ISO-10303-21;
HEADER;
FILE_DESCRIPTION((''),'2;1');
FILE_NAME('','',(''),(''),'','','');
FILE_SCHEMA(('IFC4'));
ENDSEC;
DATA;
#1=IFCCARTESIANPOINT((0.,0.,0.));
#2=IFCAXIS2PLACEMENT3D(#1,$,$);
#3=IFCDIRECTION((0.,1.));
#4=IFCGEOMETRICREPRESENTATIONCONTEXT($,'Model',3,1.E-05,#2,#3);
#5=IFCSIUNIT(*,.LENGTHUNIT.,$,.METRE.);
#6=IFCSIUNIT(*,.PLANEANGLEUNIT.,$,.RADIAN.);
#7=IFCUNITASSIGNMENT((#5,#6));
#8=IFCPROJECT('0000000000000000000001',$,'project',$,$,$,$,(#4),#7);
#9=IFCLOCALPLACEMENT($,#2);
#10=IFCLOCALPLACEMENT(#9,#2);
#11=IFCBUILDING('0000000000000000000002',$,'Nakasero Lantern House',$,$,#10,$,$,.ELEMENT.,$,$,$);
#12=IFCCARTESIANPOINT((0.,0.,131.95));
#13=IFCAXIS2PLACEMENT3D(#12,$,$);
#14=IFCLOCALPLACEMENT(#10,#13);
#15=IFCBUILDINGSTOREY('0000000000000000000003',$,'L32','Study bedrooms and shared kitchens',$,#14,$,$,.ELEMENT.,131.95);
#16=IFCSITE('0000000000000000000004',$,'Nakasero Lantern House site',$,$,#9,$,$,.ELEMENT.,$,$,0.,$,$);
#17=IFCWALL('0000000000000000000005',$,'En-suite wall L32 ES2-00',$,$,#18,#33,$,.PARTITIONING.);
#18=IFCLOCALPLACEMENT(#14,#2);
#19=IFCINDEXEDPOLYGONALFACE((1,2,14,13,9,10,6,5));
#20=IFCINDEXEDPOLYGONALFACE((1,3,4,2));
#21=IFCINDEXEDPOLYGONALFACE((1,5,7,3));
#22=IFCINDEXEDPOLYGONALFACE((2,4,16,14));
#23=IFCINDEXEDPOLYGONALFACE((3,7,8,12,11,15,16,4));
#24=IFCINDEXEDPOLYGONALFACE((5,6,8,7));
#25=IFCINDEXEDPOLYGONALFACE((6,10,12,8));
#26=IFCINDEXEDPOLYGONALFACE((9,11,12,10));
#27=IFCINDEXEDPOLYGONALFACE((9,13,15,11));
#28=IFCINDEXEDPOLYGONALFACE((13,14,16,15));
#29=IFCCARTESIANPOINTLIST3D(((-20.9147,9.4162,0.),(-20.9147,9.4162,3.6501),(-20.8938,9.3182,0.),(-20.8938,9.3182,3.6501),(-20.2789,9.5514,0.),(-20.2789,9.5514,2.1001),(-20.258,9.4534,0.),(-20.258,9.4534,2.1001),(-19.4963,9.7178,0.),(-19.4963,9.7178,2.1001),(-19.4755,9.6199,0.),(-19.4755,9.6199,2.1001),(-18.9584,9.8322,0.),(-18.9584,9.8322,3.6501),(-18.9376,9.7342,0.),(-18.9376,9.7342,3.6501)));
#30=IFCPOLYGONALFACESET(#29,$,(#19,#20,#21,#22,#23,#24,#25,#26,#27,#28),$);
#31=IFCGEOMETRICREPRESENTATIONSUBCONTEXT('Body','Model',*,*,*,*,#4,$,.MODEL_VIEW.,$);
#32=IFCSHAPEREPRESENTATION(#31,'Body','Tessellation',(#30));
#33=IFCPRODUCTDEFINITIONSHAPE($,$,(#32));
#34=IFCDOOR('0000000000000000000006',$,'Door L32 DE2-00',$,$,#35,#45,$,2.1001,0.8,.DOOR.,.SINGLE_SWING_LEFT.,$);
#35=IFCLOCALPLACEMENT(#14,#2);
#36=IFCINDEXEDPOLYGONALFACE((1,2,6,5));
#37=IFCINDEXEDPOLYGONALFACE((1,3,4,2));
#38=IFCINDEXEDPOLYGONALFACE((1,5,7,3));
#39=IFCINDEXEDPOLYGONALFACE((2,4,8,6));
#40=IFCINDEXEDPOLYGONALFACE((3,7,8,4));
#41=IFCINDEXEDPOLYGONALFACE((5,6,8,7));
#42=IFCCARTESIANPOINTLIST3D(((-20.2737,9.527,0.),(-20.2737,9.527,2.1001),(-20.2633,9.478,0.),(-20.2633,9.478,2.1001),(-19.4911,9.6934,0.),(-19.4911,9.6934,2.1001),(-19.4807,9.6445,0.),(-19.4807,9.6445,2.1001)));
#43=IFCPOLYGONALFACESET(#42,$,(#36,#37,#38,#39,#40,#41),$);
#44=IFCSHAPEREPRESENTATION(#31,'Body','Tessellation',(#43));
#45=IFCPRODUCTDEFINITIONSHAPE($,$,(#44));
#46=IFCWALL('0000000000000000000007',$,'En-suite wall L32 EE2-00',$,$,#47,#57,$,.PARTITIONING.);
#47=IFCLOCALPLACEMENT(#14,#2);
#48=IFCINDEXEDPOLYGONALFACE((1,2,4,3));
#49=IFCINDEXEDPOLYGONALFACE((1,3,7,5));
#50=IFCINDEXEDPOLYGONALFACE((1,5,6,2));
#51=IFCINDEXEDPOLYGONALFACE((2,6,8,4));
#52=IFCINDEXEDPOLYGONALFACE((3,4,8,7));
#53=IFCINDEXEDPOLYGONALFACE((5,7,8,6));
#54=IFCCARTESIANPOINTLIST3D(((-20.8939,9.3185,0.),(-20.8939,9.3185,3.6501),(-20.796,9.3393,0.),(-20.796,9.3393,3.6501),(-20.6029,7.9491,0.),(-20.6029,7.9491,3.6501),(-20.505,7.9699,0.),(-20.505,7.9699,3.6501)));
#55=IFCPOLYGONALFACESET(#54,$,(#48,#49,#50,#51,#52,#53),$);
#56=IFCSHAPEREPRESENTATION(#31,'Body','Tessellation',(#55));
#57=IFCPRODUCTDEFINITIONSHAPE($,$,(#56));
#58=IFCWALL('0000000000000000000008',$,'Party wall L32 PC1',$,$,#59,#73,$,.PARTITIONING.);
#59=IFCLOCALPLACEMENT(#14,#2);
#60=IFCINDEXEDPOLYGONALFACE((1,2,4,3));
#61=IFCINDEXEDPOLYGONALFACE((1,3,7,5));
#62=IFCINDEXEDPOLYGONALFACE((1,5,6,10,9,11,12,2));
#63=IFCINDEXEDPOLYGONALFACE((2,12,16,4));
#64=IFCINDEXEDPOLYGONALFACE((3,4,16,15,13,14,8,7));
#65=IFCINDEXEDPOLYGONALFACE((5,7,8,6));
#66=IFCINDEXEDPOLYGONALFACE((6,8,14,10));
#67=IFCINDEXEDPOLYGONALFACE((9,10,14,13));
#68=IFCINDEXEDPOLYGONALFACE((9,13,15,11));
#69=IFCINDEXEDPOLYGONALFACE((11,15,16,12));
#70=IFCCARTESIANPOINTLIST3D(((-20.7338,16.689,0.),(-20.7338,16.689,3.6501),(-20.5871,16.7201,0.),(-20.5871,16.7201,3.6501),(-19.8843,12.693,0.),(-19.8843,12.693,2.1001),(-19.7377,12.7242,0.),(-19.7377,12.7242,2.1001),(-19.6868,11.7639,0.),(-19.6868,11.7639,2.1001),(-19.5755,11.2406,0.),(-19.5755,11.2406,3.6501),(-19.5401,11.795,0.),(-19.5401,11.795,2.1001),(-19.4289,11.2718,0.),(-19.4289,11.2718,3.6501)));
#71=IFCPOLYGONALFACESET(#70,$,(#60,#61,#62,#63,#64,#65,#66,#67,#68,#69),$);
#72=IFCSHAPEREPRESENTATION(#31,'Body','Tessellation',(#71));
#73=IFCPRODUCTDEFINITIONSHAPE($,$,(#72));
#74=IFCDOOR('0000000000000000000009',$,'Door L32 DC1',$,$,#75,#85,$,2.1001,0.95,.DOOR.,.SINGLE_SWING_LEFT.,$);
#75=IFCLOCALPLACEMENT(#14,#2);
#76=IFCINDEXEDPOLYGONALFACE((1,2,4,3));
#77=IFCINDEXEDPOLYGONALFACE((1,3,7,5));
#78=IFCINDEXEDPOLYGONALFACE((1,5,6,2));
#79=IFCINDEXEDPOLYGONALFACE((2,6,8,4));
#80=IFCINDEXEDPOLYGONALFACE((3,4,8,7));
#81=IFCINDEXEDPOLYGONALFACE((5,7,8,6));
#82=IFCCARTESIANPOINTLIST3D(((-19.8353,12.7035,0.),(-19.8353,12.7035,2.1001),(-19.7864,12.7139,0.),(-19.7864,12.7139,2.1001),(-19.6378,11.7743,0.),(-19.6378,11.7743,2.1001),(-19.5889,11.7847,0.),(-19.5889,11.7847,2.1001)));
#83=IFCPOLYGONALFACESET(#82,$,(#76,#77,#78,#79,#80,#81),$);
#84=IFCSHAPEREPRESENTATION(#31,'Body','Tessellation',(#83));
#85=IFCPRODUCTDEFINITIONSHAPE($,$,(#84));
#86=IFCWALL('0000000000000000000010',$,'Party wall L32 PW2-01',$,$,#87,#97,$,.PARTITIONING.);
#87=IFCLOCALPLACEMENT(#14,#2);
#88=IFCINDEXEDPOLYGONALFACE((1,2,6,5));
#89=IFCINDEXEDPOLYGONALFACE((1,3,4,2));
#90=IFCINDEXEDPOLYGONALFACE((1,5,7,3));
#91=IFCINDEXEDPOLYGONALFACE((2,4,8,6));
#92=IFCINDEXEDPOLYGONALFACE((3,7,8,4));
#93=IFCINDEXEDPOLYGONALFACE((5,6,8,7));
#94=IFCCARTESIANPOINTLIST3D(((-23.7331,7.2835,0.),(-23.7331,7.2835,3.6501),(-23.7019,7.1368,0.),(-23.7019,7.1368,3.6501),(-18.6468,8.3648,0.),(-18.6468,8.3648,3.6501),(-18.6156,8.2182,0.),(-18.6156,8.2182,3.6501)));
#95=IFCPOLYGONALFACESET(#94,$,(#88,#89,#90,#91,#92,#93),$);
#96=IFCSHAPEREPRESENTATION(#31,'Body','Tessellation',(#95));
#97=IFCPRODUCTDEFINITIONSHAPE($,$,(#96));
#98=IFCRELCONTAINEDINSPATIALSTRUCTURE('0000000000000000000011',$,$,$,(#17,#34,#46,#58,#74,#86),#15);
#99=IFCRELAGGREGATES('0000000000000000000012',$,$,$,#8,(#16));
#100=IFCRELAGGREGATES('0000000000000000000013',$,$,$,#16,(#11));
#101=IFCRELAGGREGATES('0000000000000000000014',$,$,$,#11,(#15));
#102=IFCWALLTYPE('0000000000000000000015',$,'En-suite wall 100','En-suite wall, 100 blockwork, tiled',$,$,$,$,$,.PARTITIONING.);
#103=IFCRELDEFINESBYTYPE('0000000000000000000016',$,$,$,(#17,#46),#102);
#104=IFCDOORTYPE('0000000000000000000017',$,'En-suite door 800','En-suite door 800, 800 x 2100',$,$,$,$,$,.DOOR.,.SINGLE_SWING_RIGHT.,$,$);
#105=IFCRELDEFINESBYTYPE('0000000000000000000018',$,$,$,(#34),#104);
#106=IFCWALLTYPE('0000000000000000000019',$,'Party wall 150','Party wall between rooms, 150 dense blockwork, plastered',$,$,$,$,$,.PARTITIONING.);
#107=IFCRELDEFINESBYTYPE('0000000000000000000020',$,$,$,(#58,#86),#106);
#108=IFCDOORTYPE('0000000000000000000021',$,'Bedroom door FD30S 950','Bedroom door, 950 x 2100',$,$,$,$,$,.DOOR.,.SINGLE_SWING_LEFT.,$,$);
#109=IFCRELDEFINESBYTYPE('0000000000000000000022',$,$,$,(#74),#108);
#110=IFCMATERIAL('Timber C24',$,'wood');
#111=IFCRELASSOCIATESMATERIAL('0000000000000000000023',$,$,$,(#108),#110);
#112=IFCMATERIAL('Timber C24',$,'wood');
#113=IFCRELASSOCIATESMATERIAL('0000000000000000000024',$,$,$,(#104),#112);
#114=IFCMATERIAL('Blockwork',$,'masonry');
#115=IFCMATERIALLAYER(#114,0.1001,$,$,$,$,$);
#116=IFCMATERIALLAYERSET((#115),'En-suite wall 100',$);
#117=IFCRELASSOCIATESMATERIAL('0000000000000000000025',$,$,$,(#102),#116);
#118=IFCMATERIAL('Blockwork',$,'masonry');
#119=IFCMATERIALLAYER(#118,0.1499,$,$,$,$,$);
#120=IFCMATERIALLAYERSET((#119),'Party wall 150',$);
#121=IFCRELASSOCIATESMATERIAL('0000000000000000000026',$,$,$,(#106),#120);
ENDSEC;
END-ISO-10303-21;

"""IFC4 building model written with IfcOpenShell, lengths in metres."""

from ifc_helpers import new_model, si_unit, direction, frame, frame_2d, origin, place, context, subcontext, project, spatial, rectangle, extrude, material, layer, layer_set, type_object, element, fill, save


model = new_model("IFC4")

# Units and contexts
model_context = context("Model", 3, precision=1e-05, world=origin(), true_north=direction((0.0, 1.0)))
body_context = subcontext(model_context, "Body", "Model", "MODEL_VIEW")
ifc_project = project(units=[si_unit("LENGTHUNIT", "METRE"), si_unit("PLANEANGLEUNIT", "RADIAN")], contexts=[model_context])

# Site, building, storey
site_placement = place(None, origin())
site = spatial("IfcSite", under=ifc_project, at=site_placement, Name="Nakasero Lantern House site", CompositionType="ELEMENT", RefElevation=0.0)
building_placement = place(site_placement, origin())
building = spatial("IfcBuilding", under=site, at=building_placement, Name="Nakasero Lantern House", CompositionType="ELEMENT")
storey_placement = place(building_placement, frame((0.0, 0.0, 131.95)))
storey = spatial("IfcBuildingStorey", under=building, at=storey_placement, Name="L32", Description="Study bedrooms and shared kitchens", CompositionType="ELEMENT", Elevation=131.95)

# Shared definitions
ifc_material_1 = material(Name="Timber C24", Category="wood")
door_type_1 = type_object("IfcDoorType", Name="Bedroom door FD30S 950", Description="Bedroom door, 950 x 2100", OperationType="SINGLE_SWING_LEFT", PredefinedType="DOOR", material=ifc_material_1)
ifc_material_2 = material(Name="Timber C24", Category="wood")
door_type_2 = type_object("IfcDoorType", Name="En-suite door 800", Description="En-suite door 800, 800 x 2100", OperationType="SINGLE_SWING_RIGHT", PredefinedType="DOOR", material=ifc_material_2)

# Wall, opening, door
ifc_material_3 = material(Name="Blockwork", Category="masonry")
ifc_layer_1 = layer(ifc_material_3, 0.1001)
ifc_layer_set_1 = layer_set([ifc_layer_1], Name="En-suite wall 100")
wall_type_1 = type_object("IfcWallType", Name="En-suite wall 100", Description="En-suite wall, 100 blockwork, tiled", PredefinedType="PARTITIONING", material=ifc_layer_set_1)
wall_1_placement = place(storey_placement, frame((-18.948, 9.7832, 0.0), z_axis=(0.0, 0.0, 1.0), x_axis=(-0.978128, -0.208003, 0.0)))
wall_1 = element("IfcWall", 1, at=wall_1_placement, inside=storey, type_object=wall_type_1, Name="En-suite wall L32 ES2-00", PredefinedType="PARTITIONING", context=body_context, shape_type="SweptSolid", body=[
    extrude(rectangle(XDim=2.0, YDim=0.1001, at=frame_2d((1.0, 0.0))), origin(), (0.0, 0.0, 1.0), 3.6501),
])
opening_1_placement = place(wall_1_placement, frame((0.55, 0.0, 0.0)))
opening_1 = element("IfcOpeningElement", 2, at=opening_1_placement, cuts=wall_1, PredefinedType="OPENING", context=body_context, shape_type="SweptSolid", body=[
    extrude(rectangle(XDim=0.8, YDim=2.1001, at=frame_2d((0.3999, 1.05))), frame((0.0, 0.0701, 0.0), z_axis=(0.0, -1.0, 0.0), x_axis=(1.0, 0.0, 0.0)), (0.0, 0.0, 1.0), 0.1401),
])
door_1_placement = place(opening_1_placement, origin())
door_1 = element("IfcDoor", 3, at=door_1_placement, inside=storey, type_object=door_type_2, Name="Door L32 DE2-00", OperationType="SINGLE_SWING_LEFT", OverallHeight=2.1001, OverallWidth=0.8, PredefinedType="DOOR", context=body_context, shape_type="SweptSolid", body=[
    extrude(rectangle(XDim=0.8, YDim=2.1001, at=frame_2d((0.3999, 1.05))), frame((0.0, 0.0249, 0.0), z_axis=(0.0, -1.0, 0.0), x_axis=(1.0, 0.0, 0.0)), (0.0, 0.0, 1.0), 0.05),
])
fill(opening_1, door_1)

# Wall
wall_2_placement = place(storey_placement, frame((-20.845, 9.3289, 0.0), z_axis=(0.0, 0.0, 1.0), x_axis=(0.207873, -0.978156, 0.0)))
element("IfcWall", 4, at=wall_2_placement, inside=storey, type_object=wall_type_1, Name="En-suite wall L32 EE2-00", PredefinedType="PARTITIONING", context=body_context, shape_type="SweptSolid", body=[
    extrude(rectangle(XDim=1.3999, YDim=0.1001, at=frame_2d((0.7, 0.0))), origin(), (0.0, 0.0, 1.0), 3.6501),
])

# Wall, opening, door
ifc_material_4 = material(Name="Blockwork", Category="masonry")
ifc_layer_2 = layer(ifc_material_4, 0.1499)
ifc_layer_set_2 = layer_set([ifc_layer_2], Name="Party wall 150")
wall_type_2 = type_object("IfcWallType", Name="Party wall 150", Description="Party wall between rooms, 150 dense blockwork, plastered", PredefinedType="PARTITIONING", material=ifc_layer_set_2)
wall_3_placement = place(storey_placement, frame((-19.5022, 11.2561, 0.0), z_axis=(0.0, 0.0, 1.0), x_axis=(-0.207936, 0.978142, 0.0)))
wall_3 = element("IfcWall", 5, at=wall_3_placement, inside=storey, type_object=wall_type_2, Name="Party wall L32 PC1", PredefinedType="PARTITIONING", context=body_context, shape_type="SweptSolid", body=[
    extrude(rectangle(XDim=5.5701, YDim=0.1499, at=frame_2d((2.7852, 0.0))), origin(), (0.0, 0.0, 1.0), 3.6501),
])
opening_2_placement = place(wall_3_placement, frame((0.5349, 0.0, 0.0)))
opening_2 = element("IfcOpeningElement", 6, at=opening_2_placement, cuts=wall_3, PredefinedType="OPENING", context=body_context, shape_type="SweptSolid", body=[
    extrude(rectangle(XDim=0.95, YDim=2.1001, at=frame_2d((0.4751, 1.05))), frame((0.0, 0.095, 0.0), z_axis=(0.0, -1.0, 0.0), x_axis=(1.0, 0.0, 0.0)), (0.0, 0.0, 1.0), 0.1899),
])
door_2_placement = place(opening_2_placement, origin())
door_2 = element("IfcDoor", 7, at=door_2_placement, inside=storey, type_object=door_type_1, Name="Door L32 DC1", OperationType="SINGLE_SWING_LEFT", OverallHeight=2.1001, OverallWidth=0.95, PredefinedType="DOOR", context=body_context, shape_type="SweptSolid", body=[
    extrude(rectangle(XDim=0.95, YDim=2.1001, at=frame_2d((0.4751, 1.05))), frame((0.0, 0.0249, 0.0), z_axis=(0.0, -1.0, 0.0), x_axis=(1.0, 0.0, 0.0)), (0.0, 0.0, 1.0), 0.05),
])
fill(opening_2, door_2)

# Wall
wall_4_placement = place(storey_placement, frame((-18.6311, 8.2915, 0.0), z_axis=(0.0, 0.0, 1.0), x_axis=(-0.97814, -0.207948, 0.0)))
element("IfcWall", 8, at=wall_4_placement, inside=storey, type_object=wall_type_2, Name="Party wall L32 PW2-01", PredefinedType="PARTITIONING", context=body_context, shape_type="SweptSolid", body=[
    extrude(rectangle(XDim=5.2, YDim=0.1499, at=frame_2d((2.6001, 0.0))), origin(), (0.0, 0.0, 1.0), 3.6501),
])

save(model, "model.ifc")
